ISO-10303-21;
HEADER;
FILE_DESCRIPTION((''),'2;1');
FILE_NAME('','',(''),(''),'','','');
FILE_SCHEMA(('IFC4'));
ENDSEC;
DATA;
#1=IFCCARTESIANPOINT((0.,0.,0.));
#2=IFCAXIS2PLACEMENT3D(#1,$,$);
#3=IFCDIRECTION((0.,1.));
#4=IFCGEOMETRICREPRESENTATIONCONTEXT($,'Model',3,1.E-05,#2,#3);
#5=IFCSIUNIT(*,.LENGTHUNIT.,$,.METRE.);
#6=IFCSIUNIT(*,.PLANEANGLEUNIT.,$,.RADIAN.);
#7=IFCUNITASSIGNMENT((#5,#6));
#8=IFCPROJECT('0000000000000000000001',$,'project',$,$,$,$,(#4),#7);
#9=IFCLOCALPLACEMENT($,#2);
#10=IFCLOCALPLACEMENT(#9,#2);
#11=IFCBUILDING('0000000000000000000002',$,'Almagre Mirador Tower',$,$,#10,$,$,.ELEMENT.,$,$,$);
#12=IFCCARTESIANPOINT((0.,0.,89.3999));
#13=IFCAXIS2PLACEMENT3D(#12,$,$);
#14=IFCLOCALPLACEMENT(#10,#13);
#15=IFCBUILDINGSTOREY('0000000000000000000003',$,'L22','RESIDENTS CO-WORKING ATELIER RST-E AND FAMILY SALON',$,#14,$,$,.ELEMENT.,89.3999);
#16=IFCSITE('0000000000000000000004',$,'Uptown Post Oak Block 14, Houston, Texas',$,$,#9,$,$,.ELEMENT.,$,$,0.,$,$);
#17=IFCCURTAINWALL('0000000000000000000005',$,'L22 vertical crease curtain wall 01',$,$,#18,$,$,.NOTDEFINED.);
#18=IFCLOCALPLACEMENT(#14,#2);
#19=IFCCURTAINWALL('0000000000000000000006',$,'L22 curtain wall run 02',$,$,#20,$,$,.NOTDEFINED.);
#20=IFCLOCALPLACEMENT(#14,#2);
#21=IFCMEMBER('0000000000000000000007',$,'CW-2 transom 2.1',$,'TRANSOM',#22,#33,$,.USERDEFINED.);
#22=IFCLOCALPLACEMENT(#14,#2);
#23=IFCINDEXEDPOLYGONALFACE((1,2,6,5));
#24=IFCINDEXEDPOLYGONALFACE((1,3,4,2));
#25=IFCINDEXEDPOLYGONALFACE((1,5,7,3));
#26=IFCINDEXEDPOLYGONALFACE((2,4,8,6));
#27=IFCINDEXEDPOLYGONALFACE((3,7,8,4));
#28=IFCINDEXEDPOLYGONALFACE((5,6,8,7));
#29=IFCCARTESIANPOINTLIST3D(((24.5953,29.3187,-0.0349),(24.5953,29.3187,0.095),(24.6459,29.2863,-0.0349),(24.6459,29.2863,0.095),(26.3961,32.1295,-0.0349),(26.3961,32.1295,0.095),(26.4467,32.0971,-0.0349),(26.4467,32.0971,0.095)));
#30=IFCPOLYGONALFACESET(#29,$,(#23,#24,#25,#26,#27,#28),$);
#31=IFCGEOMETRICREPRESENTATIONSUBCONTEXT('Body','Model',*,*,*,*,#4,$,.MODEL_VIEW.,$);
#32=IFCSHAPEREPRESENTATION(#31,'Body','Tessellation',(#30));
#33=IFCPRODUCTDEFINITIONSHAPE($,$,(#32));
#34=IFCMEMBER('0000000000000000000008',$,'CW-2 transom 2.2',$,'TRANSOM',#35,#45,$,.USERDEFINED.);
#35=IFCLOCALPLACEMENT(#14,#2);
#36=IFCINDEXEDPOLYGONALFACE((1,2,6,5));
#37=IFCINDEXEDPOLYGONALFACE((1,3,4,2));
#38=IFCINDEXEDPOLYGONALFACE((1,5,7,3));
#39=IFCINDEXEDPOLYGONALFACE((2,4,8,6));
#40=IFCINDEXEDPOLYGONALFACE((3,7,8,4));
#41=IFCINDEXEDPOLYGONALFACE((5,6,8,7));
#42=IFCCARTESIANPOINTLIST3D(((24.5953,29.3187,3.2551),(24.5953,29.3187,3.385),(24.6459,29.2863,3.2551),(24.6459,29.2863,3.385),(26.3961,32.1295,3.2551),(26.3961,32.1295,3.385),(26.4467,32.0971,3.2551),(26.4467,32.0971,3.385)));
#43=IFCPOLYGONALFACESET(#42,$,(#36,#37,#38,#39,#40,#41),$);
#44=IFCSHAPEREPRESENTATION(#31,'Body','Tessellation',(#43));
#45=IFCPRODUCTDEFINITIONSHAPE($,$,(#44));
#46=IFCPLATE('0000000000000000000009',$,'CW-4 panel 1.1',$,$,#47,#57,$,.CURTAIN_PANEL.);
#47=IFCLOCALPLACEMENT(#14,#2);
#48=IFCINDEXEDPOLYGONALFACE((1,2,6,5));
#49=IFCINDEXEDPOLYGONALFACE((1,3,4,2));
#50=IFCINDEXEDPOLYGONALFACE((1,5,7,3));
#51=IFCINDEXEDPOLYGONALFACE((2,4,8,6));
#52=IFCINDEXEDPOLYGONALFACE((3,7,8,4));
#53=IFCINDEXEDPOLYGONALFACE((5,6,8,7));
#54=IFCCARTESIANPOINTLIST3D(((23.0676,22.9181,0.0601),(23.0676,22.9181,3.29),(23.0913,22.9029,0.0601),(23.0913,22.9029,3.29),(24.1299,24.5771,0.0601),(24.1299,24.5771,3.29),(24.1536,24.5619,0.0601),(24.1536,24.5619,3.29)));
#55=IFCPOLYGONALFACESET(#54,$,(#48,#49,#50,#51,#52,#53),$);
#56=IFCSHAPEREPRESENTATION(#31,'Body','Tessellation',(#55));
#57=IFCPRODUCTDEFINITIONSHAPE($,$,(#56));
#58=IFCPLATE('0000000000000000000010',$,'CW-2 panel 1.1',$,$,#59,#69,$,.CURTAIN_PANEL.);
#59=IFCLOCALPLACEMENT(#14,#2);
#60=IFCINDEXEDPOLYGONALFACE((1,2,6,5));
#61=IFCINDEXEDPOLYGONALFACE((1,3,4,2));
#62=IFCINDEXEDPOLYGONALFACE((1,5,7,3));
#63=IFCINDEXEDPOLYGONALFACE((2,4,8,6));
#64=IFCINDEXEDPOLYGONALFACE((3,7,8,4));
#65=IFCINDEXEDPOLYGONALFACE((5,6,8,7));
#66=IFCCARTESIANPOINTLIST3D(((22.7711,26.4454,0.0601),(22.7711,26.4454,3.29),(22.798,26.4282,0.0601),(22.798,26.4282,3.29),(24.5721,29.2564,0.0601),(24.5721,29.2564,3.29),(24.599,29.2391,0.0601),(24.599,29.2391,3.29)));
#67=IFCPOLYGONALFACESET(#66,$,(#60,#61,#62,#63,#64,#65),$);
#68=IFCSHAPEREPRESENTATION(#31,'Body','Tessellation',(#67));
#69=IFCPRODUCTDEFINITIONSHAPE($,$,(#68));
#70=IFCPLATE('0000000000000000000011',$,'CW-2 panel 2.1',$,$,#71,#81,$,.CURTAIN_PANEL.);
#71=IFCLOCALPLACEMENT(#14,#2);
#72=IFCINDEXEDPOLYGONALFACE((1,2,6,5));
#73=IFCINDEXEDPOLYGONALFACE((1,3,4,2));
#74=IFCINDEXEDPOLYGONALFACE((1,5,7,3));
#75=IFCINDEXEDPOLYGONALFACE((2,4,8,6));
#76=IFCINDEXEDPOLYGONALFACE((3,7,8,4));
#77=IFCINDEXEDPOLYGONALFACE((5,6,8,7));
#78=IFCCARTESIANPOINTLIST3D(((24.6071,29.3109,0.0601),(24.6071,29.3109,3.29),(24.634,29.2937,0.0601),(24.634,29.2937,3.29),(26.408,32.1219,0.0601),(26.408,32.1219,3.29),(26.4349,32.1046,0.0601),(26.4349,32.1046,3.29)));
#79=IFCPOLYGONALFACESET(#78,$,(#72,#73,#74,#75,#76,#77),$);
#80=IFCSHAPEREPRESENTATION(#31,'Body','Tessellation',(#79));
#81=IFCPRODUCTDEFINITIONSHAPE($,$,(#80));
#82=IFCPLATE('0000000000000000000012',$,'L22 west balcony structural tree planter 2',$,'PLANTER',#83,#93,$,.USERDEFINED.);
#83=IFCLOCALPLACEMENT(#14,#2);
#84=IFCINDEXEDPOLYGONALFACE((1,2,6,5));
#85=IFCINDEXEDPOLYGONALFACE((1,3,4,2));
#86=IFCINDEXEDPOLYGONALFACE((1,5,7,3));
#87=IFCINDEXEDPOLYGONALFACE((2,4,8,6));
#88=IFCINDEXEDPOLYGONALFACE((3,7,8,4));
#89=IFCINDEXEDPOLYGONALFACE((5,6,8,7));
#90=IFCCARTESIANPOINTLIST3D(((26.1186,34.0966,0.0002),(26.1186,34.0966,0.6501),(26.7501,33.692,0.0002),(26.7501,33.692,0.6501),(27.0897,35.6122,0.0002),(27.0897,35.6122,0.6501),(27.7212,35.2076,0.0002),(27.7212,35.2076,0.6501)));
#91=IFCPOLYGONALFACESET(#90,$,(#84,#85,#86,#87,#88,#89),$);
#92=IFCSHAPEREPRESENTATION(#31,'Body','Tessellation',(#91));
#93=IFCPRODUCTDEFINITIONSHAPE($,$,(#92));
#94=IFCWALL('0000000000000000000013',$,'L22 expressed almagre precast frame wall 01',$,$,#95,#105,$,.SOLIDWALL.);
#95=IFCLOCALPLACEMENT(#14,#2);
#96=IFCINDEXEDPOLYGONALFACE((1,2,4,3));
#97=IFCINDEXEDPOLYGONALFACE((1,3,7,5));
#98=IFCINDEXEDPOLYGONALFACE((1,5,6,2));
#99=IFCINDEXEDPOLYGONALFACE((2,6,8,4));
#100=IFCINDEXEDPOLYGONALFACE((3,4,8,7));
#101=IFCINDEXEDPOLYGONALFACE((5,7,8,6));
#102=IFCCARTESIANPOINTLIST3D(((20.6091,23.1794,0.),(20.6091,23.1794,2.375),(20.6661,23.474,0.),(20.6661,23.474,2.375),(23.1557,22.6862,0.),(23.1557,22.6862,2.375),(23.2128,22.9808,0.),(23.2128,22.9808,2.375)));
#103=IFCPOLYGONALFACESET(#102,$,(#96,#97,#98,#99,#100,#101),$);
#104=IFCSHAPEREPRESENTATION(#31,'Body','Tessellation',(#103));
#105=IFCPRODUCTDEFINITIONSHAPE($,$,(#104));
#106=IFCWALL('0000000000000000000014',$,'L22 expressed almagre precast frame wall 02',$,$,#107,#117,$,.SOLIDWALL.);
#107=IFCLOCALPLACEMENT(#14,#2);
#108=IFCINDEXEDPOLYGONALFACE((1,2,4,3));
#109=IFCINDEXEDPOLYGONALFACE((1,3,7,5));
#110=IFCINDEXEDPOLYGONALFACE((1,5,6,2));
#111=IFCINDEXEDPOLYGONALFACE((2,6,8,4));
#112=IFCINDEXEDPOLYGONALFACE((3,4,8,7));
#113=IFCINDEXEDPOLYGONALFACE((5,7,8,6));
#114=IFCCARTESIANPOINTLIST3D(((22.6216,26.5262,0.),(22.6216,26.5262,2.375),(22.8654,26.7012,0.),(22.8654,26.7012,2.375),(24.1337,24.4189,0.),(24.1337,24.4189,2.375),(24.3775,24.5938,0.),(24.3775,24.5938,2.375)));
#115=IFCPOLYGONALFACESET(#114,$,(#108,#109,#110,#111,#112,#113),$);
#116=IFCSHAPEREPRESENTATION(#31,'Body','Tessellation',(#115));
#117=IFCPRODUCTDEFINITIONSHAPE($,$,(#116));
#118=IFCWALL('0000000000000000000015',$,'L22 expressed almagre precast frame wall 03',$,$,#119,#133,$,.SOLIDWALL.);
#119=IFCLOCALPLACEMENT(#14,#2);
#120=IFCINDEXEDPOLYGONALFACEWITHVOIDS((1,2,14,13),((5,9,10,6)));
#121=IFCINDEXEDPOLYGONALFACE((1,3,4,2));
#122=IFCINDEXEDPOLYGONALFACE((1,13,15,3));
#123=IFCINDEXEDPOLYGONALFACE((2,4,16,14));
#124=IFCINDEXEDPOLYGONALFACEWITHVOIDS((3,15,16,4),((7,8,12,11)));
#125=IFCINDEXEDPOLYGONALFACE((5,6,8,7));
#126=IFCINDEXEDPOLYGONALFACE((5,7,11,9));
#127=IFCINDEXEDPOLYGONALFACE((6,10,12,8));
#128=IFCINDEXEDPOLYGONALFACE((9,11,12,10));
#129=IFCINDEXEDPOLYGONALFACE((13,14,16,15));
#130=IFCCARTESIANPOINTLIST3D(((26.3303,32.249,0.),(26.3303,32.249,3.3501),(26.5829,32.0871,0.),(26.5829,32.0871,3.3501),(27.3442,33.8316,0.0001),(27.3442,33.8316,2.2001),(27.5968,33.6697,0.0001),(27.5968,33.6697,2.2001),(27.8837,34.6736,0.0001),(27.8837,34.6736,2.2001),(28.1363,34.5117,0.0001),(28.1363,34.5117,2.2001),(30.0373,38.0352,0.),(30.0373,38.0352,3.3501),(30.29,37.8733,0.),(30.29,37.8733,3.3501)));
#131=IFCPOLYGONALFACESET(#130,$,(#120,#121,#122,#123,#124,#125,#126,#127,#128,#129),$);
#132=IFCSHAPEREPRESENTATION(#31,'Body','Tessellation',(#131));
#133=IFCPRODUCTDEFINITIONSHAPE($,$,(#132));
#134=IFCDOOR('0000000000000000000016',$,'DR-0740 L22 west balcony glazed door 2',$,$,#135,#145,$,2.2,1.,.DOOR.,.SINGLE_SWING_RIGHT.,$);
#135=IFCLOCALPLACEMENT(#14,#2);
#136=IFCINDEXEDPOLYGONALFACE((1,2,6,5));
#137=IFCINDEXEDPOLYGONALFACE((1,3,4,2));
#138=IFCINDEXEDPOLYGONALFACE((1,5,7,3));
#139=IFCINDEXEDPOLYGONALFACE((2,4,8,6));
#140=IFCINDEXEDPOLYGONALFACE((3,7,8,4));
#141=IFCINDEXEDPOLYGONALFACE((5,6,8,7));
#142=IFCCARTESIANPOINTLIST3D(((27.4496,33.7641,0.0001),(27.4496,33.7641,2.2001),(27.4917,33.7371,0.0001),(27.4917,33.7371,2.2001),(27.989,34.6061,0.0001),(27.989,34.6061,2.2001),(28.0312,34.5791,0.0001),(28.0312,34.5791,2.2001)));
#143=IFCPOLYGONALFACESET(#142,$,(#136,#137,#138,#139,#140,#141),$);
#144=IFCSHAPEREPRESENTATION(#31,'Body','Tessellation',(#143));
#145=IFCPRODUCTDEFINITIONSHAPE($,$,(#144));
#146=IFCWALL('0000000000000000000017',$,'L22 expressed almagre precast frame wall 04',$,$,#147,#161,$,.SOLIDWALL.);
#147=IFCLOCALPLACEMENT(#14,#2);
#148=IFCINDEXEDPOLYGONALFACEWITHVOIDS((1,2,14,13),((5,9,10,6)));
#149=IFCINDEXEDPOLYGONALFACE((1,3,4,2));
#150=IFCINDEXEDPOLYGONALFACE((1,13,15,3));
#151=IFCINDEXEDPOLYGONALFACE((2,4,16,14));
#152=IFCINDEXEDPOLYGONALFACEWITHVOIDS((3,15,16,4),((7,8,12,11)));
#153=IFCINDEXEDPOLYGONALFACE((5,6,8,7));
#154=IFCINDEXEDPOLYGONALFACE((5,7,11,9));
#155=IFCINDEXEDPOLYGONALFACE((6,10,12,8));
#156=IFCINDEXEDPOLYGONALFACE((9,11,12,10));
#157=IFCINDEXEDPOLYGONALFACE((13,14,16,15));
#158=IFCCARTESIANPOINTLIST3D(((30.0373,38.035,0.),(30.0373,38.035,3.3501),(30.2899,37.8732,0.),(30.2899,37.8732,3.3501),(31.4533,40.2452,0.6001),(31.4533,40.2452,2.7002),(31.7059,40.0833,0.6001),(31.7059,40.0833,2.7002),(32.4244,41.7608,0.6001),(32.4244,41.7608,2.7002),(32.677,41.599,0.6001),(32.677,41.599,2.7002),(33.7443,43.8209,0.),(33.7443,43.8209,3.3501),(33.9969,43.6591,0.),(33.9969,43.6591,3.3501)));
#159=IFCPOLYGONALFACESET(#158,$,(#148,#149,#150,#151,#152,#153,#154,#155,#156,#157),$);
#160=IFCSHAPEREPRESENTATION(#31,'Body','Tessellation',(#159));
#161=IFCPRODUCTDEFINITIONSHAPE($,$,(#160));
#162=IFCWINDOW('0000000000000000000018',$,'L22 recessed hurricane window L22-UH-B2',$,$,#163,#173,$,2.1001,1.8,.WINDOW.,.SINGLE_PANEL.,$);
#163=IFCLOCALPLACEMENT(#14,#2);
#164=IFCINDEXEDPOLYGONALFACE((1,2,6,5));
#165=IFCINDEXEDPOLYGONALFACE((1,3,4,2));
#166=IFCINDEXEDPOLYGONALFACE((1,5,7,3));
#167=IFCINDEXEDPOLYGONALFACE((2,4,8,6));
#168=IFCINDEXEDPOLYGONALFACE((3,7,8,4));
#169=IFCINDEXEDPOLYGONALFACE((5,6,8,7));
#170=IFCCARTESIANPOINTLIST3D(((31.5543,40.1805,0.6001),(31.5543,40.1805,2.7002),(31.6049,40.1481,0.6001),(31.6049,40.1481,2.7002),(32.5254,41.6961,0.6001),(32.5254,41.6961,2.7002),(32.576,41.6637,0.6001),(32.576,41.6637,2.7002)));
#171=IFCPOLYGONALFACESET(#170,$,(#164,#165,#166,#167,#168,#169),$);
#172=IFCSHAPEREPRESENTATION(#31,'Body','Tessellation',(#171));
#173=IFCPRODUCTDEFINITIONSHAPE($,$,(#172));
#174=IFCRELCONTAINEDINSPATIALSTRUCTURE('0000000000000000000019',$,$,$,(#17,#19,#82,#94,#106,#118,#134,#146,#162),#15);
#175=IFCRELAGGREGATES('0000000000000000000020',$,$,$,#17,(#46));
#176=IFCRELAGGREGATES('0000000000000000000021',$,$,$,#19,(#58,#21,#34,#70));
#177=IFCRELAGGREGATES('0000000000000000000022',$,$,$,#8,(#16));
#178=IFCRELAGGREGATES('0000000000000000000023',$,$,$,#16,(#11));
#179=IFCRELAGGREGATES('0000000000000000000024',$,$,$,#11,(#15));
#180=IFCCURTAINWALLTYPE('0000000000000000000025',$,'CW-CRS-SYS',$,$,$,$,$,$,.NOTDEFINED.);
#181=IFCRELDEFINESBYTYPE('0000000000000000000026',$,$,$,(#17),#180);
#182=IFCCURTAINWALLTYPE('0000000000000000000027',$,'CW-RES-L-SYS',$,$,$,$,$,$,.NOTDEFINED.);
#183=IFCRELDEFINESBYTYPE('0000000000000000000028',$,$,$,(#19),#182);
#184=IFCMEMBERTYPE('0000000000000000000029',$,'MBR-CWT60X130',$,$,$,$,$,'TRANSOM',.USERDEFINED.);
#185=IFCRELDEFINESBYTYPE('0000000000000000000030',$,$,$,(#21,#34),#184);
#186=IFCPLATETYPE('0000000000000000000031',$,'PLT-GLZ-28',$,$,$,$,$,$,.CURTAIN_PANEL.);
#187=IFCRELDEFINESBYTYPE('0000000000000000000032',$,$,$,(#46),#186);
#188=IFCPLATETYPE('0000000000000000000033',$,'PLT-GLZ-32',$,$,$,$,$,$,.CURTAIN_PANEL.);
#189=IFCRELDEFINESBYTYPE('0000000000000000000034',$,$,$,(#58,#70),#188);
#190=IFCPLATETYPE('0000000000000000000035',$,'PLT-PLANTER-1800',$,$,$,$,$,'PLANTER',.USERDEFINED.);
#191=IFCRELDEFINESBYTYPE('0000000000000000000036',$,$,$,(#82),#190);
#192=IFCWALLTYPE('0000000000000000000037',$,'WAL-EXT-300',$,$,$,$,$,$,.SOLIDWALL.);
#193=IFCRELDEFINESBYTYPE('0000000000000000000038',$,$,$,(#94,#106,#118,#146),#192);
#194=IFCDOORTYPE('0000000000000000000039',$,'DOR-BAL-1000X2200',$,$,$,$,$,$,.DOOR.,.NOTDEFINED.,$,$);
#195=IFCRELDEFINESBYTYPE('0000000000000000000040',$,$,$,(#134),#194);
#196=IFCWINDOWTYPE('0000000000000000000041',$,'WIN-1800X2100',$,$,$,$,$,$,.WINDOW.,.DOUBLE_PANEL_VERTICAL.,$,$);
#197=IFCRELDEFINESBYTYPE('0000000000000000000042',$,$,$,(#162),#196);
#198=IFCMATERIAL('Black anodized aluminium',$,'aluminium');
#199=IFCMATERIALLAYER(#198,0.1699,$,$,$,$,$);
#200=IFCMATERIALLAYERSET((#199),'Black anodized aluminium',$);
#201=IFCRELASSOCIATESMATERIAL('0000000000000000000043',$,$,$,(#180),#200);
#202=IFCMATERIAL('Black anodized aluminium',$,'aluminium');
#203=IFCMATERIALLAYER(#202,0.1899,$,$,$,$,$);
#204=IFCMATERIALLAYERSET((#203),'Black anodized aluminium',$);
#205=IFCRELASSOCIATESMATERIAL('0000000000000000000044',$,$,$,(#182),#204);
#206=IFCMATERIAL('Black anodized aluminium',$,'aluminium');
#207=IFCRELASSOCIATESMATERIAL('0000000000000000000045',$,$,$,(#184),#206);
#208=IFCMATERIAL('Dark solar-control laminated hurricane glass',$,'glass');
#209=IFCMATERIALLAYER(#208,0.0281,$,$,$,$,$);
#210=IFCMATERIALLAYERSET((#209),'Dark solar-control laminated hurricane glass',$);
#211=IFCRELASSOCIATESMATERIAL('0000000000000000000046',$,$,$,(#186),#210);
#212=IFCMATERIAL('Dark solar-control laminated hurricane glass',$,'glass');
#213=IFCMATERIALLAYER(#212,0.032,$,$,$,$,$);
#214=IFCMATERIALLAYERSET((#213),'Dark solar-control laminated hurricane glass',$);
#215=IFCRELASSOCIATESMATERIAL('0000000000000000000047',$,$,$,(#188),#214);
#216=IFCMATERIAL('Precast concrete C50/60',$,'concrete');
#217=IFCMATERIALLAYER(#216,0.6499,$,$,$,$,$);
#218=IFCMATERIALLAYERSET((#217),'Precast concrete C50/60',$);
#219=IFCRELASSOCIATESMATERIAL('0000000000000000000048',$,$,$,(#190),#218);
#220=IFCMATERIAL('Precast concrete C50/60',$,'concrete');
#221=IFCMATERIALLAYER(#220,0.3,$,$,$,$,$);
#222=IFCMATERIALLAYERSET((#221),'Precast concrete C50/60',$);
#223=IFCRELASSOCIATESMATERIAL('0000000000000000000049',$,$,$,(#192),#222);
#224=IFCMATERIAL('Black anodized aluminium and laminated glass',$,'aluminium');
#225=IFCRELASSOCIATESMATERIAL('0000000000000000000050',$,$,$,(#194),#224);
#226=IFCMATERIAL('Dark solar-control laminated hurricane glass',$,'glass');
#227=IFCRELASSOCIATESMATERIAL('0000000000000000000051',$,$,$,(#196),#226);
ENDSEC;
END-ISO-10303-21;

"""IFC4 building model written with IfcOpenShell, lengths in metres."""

from ifc_helpers import new_model, si_unit, direction, frame, frame_2d, origin, origin_2d, place, context, subcontext, project, spatial, rectangle, extrude, material, layer, layer_set, material_profile, profile_set, type_object, element, fill, aggregate, save


model = new_model("IFC4")

# Units and contexts
model_context = context("Model", 3, precision=1e-05, world=origin(), true_north=direction((0.0, 1.0)))
body_context = subcontext(model_context, "Body", "Model", "MODEL_VIEW")
ifc_project = project(units=[si_unit("LENGTHUNIT", "METRE"), si_unit("PLANEANGLEUNIT", "RADIAN")], contexts=[model_context])

# Site, building, storey
site_placement = place(None, origin())
site = spatial("IfcSite", under=ifc_project, at=site_placement, Name="Uptown Post Oak Block 14, Houston, Texas", CompositionType="ELEMENT", RefElevation=0.0)
building_placement = place(site_placement, origin())
building = spatial("IfcBuilding", under=site, at=building_placement, Name="Almagre Mirador Tower", CompositionType="ELEMENT")
storey_placement = place(building_placement, frame((0.0, 0.0, 89.3999)))
storey = spatial("IfcBuildingStorey", under=building, at=storey_placement, Name="L22", Description="RESIDENTS CO-WORKING ATELIER RST-E AND FAMILY SALON", CompositionType="ELEMENT", Elevation=89.3999)

# Curtain wall
ifc_material_1 = material(Name="Black anodized aluminium", Category="aluminium")
ifc_layer_1 = layer(ifc_material_1, 0.1699)
ifc_layer_set_1 = layer_set([ifc_layer_1], Name="Black anodized aluminium")
curtain_wall_type_1 = type_object("IfcCurtainWallType", Name="CW-CRS-SYS", PredefinedType="NOTDEFINED", material=ifc_layer_set_1)
curtain_wall_1_placement = place(storey_placement, origin())
curtain_wall_1 = element("IfcCurtainWall", 1, at=curtain_wall_1_placement, inside=storey, type_object=curtain_wall_type_1, Name="L22 vertical crease curtain wall 01", PredefinedType="NOTDEFINED")

# Curtain wall
ifc_material_2 = material(Name="Black anodized aluminium", Category="aluminium")
ifc_layer_2 = layer(ifc_material_2, 0.1899)
ifc_layer_set_2 = layer_set([ifc_layer_2], Name="Black anodized aluminium")
curtain_wall_type_2 = type_object("IfcCurtainWallType", Name="CW-RES-L-SYS", PredefinedType="NOTDEFINED", material=ifc_layer_set_2)
curtain_wall_2_placement = place(storey_placement, origin())
curtain_wall_2 = element("IfcCurtainWall", 2, at=curtain_wall_2_placement, inside=storey, type_object=curtain_wall_type_2, Name="L22 curtain wall run 02", PredefinedType="NOTDEFINED")

# Members
ifc_material_3 = material(Name="Black anodized aluminium", Category="aluminium")
ifc_material_profile_1 = material_profile(ifc_material_3, rectangle(XDim=0.0601, YDim=0.1299, at=origin_2d()), Name="CWT60X130")
ifc_profile_set_1 = profile_set([ifc_material_profile_1], Name="Black anodized aluminium")
member_type_1 = type_object("IfcMemberType", Name="MBR-CWT60X130", ElementType="TRANSOM", PredefinedType="USERDEFINED", material=ifc_profile_set_1)
member_1_placement = place(storey_placement, frame((24.6206, 29.3025, 0.03), z_axis=(0.539452, 0.842016, 0.0), x_axis=(-0.842016, 0.539452, 0.0)))
member_1 = element("IfcMember", 3, at=member_1_placement, type_object=member_type_1, Name="CW-2 transom 2.1", ObjectType="TRANSOM", PredefinedType="USERDEFINED", context=body_context, shape_type="SweptSolid", body=[
    extrude(rectangle(XDim=0.0601, YDim=0.1299, at=origin_2d()), origin(), (0.0, 0.0, 1.0), 3.3381),
])
member_2_placement = place(storey_placement, frame((24.6206, 29.3025, 3.3201), z_axis=(0.539452, 0.842016, 0.0), x_axis=(-0.842016, 0.539452, 0.0)))
member_2 = element("IfcMember", 4, at=member_2_placement, type_object=member_type_1, Name="CW-2 transom 2.2", ObjectType="TRANSOM", PredefinedType="USERDEFINED", context=body_context, shape_type="SweptSolid", body=[
    extrude(rectangle(XDim=0.0601, YDim=0.1299, at=origin_2d()), origin(), (0.0, 0.0, 1.0), 3.3381),
])

# Plates
ifc_material_4 = material(Name="Dark solar-control laminated hurricane glass", Category="glass")
ifc_layer_3 = layer(ifc_material_4, 0.0281)
ifc_layer_set_3 = layer_set([ifc_layer_3], Name="Dark solar-control laminated hurricane glass")
plate_type_1 = type_object("IfcPlateType", Name="PLT-GLZ-28", PredefinedType="CURTAIN_PANEL", material=ifc_layer_set_3)
plate_1_placement = place(storey_placement, frame((23.6106, 23.74, 0.0601), z_axis=(0.0, 0.0, 1.0), x_axis=(0.539257, 0.842141, 0.0)))
plate_1 = element("IfcPlate", 5, at=plate_1_placement, type_object=plate_type_1, Name="CW-4 panel 1.1", PredefinedType="CURTAIN_PANEL", context=body_context, shape_type="SweptSolid", body=[
    extrude(rectangle(XDim=1.97, YDim=0.0281, at=origin_2d()), origin(), (0.0, 0.0, 1.0), 3.23),
])
aggregate(curtain_wall_1, [plate_1])
ifc_material_5 = material(Name="Dark solar-control laminated hurricane glass", Category="glass")
ifc_layer_4 = layer(ifc_material_5, 0.032)
ifc_layer_set_4 = layer_set([ifc_layer_4], Name="Dark solar-control laminated hurricane glass")
plate_type_2 = type_object("IfcPlateType", Name="PLT-GLZ-32", PredefinedType="CURTAIN_PANEL", material=ifc_layer_set_4)
plate_2_placement = place(storey_placement, frame((23.6851, 27.8423, 0.0601), z_axis=(0.0, 0.0, 1.0), x_axis=(0.539469, 0.842005, 0.0)))
plate_2 = element("IfcPlate", 6, at=plate_2_placement, type_object=plate_type_2, Name="CW-2 panel 1.1", PredefinedType="CURTAIN_PANEL", context=body_context, shape_type="SweptSolid", body=[
    extrude(rectangle(XDim=3.3384, YDim=0.032, at=origin_2d()), origin(), (0.0, 0.0, 1.0), 3.23),
])
plate_3_placement = place(storey_placement, frame((25.521, 30.7078, 0.0601), z_axis=(0.0, 0.0, 1.0), x_axis=(0.539469, 0.842005, 0.0)))
plate_3 = element("IfcPlate", 7, at=plate_3_placement, type_object=plate_type_2, Name="CW-2 panel 2.1", PredefinedType="CURTAIN_PANEL", context=body_context, shape_type="SweptSolid", body=[
    extrude(rectangle(XDim=3.3384, YDim=0.032, at=origin_2d()), origin(), (0.0, 0.0, 1.0), 3.23),
])
aggregate(curtain_wall_2, [plate_2, member_1, member_2, plate_3])
ifc_material_6 = material(Name="Precast concrete C50/60", Category="concrete")
ifc_layer_5 = layer(ifc_material_6, 0.6499)
ifc_layer_set_5 = layer_set([ifc_layer_5], Name="Precast concrete C50/60")
plate_type_3 = type_object("IfcPlateType", Name="PLT-PLANTER-1800", ElementType="PLANTER", PredefinedType="USERDEFINED", material=ifc_layer_set_5)
plate_4_placement = place(storey_placement, frame((26.9199, 34.6521, 0.0002), z_axis=(0.0, 0.0, 1.0), x_axis=(-0.539462, -0.84201, 0.0)))
element("IfcPlate", 8, at=plate_4_placement, inside=storey, type_object=plate_type_3, Name="L22 west balcony structural tree planter 2", ObjectType="PLANTER", PredefinedType="USERDEFINED", context=body_context, shape_type="SweptSolid", body=[
    extrude(rectangle(XDim=1.8, YDim=0.75, at=origin_2d()), origin(), (0.0, 0.0, 1.0), 0.6499),
])

# Walls
ifc_material_7 = material(Name="Precast concrete C50/60", Category="concrete")
ifc_layer_6 = layer(ifc_material_7, 0.3)
ifc_layer_set_6 = layer_set([ifc_layer_6], Name="Precast concrete C50/60")
wall_type_1 = type_object("IfcWallType", Name="WAL-EXT-300", PredefinedType="SOLIDWALL", material=ifc_layer_set_6)
wall_1_placement = place(storey_placement, frame((20.6377, 23.3267, 0.0), z_axis=(0.0, 0.0, 1.0), x_axis=(0.981761, -0.190121, 0.0)))
element("IfcWall", 9, at=wall_1_placement, inside=storey, type_object=wall_type_1, Name="L22 expressed almagre precast frame wall 01", PredefinedType="SOLIDWALL", context=body_context, shape_type="SweptSolid", body=[
    extrude(rectangle(XDim=2.594, YDim=0.3, at=frame_2d((1.2969, 0.0))), origin(), (0.0, 0.0, 1.0), 2.375),
])
wall_2_placement = place(storey_placement, frame((24.2556, 24.5063, 0.0), z_axis=(0.0, 0.0, 1.0), x_axis=(-0.583, 0.812472, 0.0)))
element("IfcWall", 10, at=wall_2_placement, inside=storey, type_object=wall_type_1, Name="L22 expressed almagre precast frame wall 02", PredefinedType="SOLIDWALL", context=body_context, shape_type="SweptSolid", body=[
    extrude(rectangle(XDim=2.5938, YDim=0.3, at=frame_2d((1.2969, 0.0))), origin(), (0.0, 0.0, 1.0), 2.375),
])

# Wall, opening, door
wall_3_placement = place(storey_placement, frame((26.4565, 32.168, 0.0), z_axis=(0.0, 0.0, 1.0), x_axis=(0.539457, 0.842013, 0.0)))
wall_3 = element("IfcWall", 11, at=wall_3_placement, inside=storey, type_object=wall_type_1, Name="L22 expressed almagre precast frame wall 03", PredefinedType="SOLIDWALL", context=body_context, shape_type="SweptSolid", body=[
    extrude(rectangle(XDim=6.8718, YDim=0.3, at=frame_2d((3.436, 0.0))), origin(), (0.0, 0.0, 1.0), 3.3501),
])
opening_1_placement = place(wall_3_placement, frame((1.8796, 0.0, 0.0)))
opening_1 = element("IfcOpeningElement", 12, at=opening_1_placement, cuts=wall_3, PredefinedType="OPENING", context=body_context, shape_type="SweptSolid", body=[
    extrude(rectangle(XDim=1.0, YDim=2.2, at=frame_2d((0.5, 1.1001))), frame((0.0, 0.1599, 0.0), z_axis=(0.0, -1.0, 0.0), x_axis=(1.0, 0.0, 0.0)), (0.0, 0.0, 1.0), 0.32),
])
ifc_material_8 = material(Name="Black anodized aluminium and laminated glass", Category="aluminium")
door_type_1 = type_object("IfcDoorType", Name="DOR-BAL-1000X2200", OperationType="NOTDEFINED", PredefinedType="DOOR", material=ifc_material_8)
door_1_placement = place(opening_1_placement, origin())
door_1 = element("IfcDoor", 13, at=door_1_placement, inside=storey, type_object=door_type_1, Name="DR-0740 L22 west balcony glazed door 2", OperationType="SINGLE_SWING_RIGHT", OverallHeight=2.2, OverallWidth=1.0, PredefinedType="DOOR", context=body_context, shape_type="SweptSolid", body=[
    extrude(rectangle(XDim=1.0, YDim=2.2, at=frame_2d((0.5, 1.1001))), frame((0.0, 0.0249, 0.0), z_axis=(0.0, -1.0, 0.0), x_axis=(1.0, 0.0, 0.0)), (0.0, 0.0, 1.0), 0.05),
])
fill(opening_1, door_1)

# Wall, opening, window
wall_4_placement = place(storey_placement, frame((30.1636, 37.9541, 0.0), z_axis=(0.0, 0.0, 1.0), x_axis=(0.539473, 0.842003, 0.0)))
wall_4 = element("IfcWall", 14, at=wall_4_placement, inside=storey, type_object=wall_type_1, Name="L22 expressed almagre precast frame wall 04", PredefinedType="SOLIDWALL", context=body_context, shape_type="SweptSolid", body=[
    extrude(rectangle(XDim=6.8716, YDim=0.3, at=frame_2d((3.4358, 0.0))), origin(), (0.0, 0.0, 1.0), 3.3501),
])
opening_2_placement = place(wall_4_placement, frame((2.625, 0.0, 0.6001)))
opening_2 = element("IfcOpeningElement", 15, at=opening_2_placement, cuts=wall_4, PredefinedType="OPENING", context=body_context, shape_type="SweptSolid", body=[
    extrude(rectangle(XDim=1.8, YDim=2.1001, at=frame_2d((0.8999, 1.05))), frame((0.0, 0.1599, 0.0), z_axis=(0.0, -1.0, 0.0), x_axis=(1.0, 0.0, 0.0)), (0.0, 0.0, 1.0), 0.32),
])
ifc_material_9 = material(Name="Dark solar-control laminated hurricane glass", Category="glass")
window_type = type_object("IfcWindowType", Name="WIN-1800X2100", PartitioningType="DOUBLE_PANEL_VERTICAL", PredefinedType="WINDOW", material=ifc_material_9)
window_placement = place(opening_2_placement, origin())
window = element("IfcWindow", 16, at=window_placement, inside=storey, type_object=window_type, Name="L22 recessed hurricane window L22-UH-B2", OverallHeight=2.1001, OverallWidth=1.8, PartitioningType="SINGLE_PANEL", PredefinedType="WINDOW", context=body_context, shape_type="SweptSolid", body=[
    extrude(rectangle(XDim=1.8, YDim=2.1001, at=frame_2d((0.8999, 1.05))), frame((0.0, 0.03, 0.0), z_axis=(0.0, -1.0, 0.0), x_axis=(1.0, 0.0, 0.0)), (0.0, 0.0, 1.0), 0.0601),
])
fill(opening_2, window)

save(model, "model.ifc")
